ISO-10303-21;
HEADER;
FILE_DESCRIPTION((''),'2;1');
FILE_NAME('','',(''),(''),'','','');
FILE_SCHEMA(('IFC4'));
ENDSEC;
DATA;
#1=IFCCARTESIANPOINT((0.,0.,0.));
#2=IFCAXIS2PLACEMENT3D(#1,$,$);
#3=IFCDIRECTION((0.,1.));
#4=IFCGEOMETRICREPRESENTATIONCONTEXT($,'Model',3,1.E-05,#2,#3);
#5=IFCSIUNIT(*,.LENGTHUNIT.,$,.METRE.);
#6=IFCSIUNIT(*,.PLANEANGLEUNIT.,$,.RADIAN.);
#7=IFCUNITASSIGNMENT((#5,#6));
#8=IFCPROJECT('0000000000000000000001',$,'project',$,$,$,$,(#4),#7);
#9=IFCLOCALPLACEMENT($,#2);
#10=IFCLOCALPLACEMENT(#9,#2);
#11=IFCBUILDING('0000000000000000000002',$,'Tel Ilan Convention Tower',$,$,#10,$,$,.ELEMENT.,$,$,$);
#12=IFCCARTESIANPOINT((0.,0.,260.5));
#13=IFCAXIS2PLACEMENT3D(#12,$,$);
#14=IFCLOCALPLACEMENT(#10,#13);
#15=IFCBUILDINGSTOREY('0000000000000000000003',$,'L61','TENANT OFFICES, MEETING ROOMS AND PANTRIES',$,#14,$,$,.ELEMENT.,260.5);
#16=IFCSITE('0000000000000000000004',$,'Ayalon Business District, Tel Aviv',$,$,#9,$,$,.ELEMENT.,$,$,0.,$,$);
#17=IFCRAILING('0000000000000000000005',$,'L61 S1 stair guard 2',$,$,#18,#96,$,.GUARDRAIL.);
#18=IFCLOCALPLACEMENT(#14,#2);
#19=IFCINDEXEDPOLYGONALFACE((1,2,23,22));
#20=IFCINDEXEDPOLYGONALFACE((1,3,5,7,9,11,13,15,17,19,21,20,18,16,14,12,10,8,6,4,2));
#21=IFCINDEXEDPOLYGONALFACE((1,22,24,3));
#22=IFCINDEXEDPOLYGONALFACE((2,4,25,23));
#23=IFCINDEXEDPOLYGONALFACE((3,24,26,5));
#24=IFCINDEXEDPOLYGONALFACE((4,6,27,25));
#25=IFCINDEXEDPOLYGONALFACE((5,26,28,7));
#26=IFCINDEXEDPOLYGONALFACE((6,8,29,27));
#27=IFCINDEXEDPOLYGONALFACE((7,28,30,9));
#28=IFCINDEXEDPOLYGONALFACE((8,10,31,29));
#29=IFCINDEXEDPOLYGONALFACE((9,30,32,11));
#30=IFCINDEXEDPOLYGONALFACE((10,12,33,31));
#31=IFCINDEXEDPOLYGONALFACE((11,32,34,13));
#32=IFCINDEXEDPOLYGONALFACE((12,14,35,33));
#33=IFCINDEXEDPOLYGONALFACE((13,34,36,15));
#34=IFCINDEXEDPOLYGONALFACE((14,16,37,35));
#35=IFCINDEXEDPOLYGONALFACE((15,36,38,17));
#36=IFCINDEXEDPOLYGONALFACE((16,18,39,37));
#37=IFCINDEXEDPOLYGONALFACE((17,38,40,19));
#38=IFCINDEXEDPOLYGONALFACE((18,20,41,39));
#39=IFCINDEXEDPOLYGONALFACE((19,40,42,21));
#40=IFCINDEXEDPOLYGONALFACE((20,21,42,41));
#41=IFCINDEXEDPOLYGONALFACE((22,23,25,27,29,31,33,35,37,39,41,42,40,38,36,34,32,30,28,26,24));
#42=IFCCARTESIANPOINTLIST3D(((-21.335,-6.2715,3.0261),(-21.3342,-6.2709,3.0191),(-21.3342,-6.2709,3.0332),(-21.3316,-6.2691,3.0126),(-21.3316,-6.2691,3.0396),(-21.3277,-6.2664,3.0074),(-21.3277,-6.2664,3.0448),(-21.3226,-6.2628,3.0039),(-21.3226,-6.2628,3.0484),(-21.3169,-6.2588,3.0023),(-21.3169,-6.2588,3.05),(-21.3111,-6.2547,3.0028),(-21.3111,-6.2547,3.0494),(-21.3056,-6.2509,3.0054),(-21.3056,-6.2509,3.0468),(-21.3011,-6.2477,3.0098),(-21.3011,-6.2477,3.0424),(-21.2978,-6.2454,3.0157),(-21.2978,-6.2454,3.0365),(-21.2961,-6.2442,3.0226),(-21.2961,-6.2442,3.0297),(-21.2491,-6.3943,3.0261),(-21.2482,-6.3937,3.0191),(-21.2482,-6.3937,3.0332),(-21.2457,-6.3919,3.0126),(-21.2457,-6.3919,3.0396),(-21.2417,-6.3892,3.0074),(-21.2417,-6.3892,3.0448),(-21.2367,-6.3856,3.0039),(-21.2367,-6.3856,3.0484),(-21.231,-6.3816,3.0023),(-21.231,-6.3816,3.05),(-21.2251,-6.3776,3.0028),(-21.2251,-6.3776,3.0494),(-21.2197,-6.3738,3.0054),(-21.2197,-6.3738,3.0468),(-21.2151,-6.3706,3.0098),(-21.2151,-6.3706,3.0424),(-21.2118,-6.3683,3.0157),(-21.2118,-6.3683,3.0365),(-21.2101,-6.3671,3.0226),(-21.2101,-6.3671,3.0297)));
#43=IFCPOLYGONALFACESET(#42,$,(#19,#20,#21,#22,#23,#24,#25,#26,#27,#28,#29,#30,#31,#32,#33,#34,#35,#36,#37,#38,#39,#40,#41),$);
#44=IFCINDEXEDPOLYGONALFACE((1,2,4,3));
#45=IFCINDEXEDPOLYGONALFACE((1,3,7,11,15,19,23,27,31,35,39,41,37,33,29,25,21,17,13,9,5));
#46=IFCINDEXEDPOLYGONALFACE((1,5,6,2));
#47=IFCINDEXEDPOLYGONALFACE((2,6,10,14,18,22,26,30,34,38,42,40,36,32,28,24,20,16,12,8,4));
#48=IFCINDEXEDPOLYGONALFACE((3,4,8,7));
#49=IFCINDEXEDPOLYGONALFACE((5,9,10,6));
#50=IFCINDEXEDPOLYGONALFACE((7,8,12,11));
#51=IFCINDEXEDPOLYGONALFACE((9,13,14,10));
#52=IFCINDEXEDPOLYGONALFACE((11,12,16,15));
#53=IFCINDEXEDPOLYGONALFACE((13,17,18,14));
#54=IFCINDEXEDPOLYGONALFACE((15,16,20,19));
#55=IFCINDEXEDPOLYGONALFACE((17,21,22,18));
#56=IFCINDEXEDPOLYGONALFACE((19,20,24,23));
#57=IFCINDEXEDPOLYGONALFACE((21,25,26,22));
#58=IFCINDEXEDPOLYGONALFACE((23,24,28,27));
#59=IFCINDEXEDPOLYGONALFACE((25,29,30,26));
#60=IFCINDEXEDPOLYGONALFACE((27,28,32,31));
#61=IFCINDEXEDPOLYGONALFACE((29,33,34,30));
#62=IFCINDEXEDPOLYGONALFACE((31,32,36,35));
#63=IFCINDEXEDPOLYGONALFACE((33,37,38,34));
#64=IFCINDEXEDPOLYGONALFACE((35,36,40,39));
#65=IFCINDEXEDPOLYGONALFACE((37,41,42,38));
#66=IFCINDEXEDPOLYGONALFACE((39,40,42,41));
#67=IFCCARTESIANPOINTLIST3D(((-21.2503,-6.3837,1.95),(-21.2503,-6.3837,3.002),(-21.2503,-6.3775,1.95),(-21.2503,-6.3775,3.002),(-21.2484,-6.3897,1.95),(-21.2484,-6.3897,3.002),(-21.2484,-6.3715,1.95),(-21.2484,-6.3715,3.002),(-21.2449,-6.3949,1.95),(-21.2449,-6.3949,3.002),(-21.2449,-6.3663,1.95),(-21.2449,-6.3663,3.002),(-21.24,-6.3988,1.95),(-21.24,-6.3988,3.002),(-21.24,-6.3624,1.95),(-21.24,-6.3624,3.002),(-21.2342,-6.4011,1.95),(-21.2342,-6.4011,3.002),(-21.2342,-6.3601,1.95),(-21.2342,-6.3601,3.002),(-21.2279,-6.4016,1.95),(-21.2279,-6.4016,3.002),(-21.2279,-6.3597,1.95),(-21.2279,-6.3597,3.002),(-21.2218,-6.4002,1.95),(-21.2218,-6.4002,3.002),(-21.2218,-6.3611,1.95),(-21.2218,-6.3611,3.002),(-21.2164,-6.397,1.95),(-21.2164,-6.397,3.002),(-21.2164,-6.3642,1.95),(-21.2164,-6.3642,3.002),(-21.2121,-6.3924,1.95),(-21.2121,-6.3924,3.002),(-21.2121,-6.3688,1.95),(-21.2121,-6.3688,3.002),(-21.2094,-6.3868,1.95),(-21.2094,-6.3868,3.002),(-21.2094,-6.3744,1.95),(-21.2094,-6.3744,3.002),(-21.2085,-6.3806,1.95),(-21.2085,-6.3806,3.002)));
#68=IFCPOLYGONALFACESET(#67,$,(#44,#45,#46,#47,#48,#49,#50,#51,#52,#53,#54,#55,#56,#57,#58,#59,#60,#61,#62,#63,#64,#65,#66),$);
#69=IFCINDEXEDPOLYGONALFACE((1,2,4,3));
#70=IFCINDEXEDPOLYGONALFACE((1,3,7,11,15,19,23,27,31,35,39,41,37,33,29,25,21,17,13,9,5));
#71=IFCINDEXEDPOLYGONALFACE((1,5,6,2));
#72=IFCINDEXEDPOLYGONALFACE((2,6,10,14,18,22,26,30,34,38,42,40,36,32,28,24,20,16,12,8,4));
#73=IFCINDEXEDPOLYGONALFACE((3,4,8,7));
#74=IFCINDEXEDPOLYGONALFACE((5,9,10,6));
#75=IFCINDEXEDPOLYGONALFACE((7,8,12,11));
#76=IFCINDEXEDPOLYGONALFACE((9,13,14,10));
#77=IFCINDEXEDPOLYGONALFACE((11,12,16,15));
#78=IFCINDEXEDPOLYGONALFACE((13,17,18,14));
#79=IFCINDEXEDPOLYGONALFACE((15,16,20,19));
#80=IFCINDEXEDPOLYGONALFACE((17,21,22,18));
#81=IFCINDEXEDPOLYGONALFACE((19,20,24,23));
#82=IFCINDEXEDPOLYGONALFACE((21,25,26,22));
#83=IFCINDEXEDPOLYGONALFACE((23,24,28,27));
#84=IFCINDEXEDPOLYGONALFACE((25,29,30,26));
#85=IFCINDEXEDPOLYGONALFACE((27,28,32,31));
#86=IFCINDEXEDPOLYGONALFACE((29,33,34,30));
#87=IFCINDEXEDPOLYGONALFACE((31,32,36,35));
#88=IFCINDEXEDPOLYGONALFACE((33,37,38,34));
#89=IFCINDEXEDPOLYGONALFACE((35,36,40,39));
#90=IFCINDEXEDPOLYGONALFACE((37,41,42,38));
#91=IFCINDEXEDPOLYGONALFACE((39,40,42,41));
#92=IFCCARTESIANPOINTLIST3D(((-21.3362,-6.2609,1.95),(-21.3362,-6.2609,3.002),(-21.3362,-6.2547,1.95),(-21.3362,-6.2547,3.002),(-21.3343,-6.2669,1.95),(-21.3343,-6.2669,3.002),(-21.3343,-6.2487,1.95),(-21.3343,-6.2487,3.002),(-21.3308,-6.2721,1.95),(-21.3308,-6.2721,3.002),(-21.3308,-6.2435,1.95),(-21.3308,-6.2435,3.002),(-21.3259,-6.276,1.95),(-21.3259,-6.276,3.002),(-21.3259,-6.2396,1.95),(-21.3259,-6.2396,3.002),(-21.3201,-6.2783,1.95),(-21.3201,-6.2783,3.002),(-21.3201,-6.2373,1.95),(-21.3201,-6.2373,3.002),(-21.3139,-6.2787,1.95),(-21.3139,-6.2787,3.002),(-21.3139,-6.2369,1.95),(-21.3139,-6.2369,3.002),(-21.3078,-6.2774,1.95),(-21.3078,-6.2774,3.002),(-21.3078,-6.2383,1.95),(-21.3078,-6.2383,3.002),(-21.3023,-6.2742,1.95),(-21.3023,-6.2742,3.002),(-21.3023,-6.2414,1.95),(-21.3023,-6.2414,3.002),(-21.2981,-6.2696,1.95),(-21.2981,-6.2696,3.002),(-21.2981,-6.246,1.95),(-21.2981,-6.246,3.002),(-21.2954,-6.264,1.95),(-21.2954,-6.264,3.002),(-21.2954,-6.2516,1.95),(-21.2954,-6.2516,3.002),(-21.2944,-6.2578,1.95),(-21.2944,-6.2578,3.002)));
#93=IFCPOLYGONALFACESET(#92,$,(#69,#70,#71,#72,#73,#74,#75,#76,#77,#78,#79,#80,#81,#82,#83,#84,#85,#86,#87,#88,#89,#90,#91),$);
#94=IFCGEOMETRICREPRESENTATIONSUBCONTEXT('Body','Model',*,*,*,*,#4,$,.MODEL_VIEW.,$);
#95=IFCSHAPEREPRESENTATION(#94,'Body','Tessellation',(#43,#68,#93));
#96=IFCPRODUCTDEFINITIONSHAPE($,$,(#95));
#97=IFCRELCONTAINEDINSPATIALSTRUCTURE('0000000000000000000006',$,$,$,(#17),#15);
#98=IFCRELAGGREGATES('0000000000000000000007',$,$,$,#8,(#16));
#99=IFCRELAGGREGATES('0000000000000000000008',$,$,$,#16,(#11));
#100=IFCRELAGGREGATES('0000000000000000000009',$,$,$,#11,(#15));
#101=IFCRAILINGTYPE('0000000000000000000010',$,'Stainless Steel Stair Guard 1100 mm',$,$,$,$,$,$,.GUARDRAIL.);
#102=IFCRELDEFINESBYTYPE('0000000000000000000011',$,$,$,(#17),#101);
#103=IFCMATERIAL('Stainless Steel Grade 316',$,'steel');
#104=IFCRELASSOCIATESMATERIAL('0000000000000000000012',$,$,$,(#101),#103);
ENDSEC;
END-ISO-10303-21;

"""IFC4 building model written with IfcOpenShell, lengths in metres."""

from ifc_helpers import new_model, si_unit, direction, frame, origin, origin_2d, place, context, subcontext, project, spatial, circle, extrude, material, type_object, element, save


model = new_model("IFC4")

# Units and contexts
model_context = context("Model", 3, precision=1e-05, world=origin(), true_north=direction((0.0, 1.0)))
body_context = subcontext(model_context, "Body", "Model", "MODEL_VIEW")
ifc_project = project(units=[si_unit("LENGTHUNIT", "METRE"), si_unit("PLANEANGLEUNIT", "RADIAN")], contexts=[model_context])

# Site, building, storey
site_placement = place(None, origin())
site = spatial("IfcSite", under=ifc_project, at=site_placement, Name="Ayalon Business District, Tel Aviv", CompositionType="ELEMENT", RefElevation=0.0)
building_placement = place(site_placement, origin())
building = spatial("IfcBuilding", under=site, at=building_placement, Name="Tel Ilan Convention Tower", CompositionType="ELEMENT")
storey_placement = place(building_placement, frame((0.0, 0.0, 260.5)))
storey = spatial("IfcBuildingStorey", under=building, at=storey_placement, Name="L61", Description="TENANT OFFICES, MEETING ROOMS AND PANTRIES", CompositionType="ELEMENT", Elevation=260.5)

# Railing
ifc_material_1 = material(Name="Stainless Steel Grade 316", Category="steel")
railing_type_1 = type_object("IfcRailingType", Name="Stainless Steel Stair Guard 1100 mm", PredefinedType="GUARDRAIL", material=ifc_material_1)
railing_1_placement = place(storey_placement, frame((-21.2295, -6.3806, 1.95)))
element("IfcRailing", 1, at=railing_1_placement, inside=storey, type_object=railing_type_1, Name="L61 S1 stair guard 2", PredefinedType="GUARDRAIL", context=body_context, shape_type="SweptSolid", body=[
    extrude(circle(Radius=0.0239, at=origin_2d()), frame((0.0, 0.0, 1.0762), z_axis=(-0.573353, 0.819308, 0.0), x_axis=(-0.819308, -0.573353, 0.0)), (0.0, 0.0, 1.0), 0.1499),
    extrude(circle(Radius=0.021, at=origin_2d()), origin(), (0.0, 0.0, 1.0), 1.052),
    extrude(circle(Radius=0.021, at=origin_2d()), frame((-0.0859, 0.1228, 0.0)), (0.0, 0.0, 1.0), 1.052),
])

save(model, "model.ifc")
